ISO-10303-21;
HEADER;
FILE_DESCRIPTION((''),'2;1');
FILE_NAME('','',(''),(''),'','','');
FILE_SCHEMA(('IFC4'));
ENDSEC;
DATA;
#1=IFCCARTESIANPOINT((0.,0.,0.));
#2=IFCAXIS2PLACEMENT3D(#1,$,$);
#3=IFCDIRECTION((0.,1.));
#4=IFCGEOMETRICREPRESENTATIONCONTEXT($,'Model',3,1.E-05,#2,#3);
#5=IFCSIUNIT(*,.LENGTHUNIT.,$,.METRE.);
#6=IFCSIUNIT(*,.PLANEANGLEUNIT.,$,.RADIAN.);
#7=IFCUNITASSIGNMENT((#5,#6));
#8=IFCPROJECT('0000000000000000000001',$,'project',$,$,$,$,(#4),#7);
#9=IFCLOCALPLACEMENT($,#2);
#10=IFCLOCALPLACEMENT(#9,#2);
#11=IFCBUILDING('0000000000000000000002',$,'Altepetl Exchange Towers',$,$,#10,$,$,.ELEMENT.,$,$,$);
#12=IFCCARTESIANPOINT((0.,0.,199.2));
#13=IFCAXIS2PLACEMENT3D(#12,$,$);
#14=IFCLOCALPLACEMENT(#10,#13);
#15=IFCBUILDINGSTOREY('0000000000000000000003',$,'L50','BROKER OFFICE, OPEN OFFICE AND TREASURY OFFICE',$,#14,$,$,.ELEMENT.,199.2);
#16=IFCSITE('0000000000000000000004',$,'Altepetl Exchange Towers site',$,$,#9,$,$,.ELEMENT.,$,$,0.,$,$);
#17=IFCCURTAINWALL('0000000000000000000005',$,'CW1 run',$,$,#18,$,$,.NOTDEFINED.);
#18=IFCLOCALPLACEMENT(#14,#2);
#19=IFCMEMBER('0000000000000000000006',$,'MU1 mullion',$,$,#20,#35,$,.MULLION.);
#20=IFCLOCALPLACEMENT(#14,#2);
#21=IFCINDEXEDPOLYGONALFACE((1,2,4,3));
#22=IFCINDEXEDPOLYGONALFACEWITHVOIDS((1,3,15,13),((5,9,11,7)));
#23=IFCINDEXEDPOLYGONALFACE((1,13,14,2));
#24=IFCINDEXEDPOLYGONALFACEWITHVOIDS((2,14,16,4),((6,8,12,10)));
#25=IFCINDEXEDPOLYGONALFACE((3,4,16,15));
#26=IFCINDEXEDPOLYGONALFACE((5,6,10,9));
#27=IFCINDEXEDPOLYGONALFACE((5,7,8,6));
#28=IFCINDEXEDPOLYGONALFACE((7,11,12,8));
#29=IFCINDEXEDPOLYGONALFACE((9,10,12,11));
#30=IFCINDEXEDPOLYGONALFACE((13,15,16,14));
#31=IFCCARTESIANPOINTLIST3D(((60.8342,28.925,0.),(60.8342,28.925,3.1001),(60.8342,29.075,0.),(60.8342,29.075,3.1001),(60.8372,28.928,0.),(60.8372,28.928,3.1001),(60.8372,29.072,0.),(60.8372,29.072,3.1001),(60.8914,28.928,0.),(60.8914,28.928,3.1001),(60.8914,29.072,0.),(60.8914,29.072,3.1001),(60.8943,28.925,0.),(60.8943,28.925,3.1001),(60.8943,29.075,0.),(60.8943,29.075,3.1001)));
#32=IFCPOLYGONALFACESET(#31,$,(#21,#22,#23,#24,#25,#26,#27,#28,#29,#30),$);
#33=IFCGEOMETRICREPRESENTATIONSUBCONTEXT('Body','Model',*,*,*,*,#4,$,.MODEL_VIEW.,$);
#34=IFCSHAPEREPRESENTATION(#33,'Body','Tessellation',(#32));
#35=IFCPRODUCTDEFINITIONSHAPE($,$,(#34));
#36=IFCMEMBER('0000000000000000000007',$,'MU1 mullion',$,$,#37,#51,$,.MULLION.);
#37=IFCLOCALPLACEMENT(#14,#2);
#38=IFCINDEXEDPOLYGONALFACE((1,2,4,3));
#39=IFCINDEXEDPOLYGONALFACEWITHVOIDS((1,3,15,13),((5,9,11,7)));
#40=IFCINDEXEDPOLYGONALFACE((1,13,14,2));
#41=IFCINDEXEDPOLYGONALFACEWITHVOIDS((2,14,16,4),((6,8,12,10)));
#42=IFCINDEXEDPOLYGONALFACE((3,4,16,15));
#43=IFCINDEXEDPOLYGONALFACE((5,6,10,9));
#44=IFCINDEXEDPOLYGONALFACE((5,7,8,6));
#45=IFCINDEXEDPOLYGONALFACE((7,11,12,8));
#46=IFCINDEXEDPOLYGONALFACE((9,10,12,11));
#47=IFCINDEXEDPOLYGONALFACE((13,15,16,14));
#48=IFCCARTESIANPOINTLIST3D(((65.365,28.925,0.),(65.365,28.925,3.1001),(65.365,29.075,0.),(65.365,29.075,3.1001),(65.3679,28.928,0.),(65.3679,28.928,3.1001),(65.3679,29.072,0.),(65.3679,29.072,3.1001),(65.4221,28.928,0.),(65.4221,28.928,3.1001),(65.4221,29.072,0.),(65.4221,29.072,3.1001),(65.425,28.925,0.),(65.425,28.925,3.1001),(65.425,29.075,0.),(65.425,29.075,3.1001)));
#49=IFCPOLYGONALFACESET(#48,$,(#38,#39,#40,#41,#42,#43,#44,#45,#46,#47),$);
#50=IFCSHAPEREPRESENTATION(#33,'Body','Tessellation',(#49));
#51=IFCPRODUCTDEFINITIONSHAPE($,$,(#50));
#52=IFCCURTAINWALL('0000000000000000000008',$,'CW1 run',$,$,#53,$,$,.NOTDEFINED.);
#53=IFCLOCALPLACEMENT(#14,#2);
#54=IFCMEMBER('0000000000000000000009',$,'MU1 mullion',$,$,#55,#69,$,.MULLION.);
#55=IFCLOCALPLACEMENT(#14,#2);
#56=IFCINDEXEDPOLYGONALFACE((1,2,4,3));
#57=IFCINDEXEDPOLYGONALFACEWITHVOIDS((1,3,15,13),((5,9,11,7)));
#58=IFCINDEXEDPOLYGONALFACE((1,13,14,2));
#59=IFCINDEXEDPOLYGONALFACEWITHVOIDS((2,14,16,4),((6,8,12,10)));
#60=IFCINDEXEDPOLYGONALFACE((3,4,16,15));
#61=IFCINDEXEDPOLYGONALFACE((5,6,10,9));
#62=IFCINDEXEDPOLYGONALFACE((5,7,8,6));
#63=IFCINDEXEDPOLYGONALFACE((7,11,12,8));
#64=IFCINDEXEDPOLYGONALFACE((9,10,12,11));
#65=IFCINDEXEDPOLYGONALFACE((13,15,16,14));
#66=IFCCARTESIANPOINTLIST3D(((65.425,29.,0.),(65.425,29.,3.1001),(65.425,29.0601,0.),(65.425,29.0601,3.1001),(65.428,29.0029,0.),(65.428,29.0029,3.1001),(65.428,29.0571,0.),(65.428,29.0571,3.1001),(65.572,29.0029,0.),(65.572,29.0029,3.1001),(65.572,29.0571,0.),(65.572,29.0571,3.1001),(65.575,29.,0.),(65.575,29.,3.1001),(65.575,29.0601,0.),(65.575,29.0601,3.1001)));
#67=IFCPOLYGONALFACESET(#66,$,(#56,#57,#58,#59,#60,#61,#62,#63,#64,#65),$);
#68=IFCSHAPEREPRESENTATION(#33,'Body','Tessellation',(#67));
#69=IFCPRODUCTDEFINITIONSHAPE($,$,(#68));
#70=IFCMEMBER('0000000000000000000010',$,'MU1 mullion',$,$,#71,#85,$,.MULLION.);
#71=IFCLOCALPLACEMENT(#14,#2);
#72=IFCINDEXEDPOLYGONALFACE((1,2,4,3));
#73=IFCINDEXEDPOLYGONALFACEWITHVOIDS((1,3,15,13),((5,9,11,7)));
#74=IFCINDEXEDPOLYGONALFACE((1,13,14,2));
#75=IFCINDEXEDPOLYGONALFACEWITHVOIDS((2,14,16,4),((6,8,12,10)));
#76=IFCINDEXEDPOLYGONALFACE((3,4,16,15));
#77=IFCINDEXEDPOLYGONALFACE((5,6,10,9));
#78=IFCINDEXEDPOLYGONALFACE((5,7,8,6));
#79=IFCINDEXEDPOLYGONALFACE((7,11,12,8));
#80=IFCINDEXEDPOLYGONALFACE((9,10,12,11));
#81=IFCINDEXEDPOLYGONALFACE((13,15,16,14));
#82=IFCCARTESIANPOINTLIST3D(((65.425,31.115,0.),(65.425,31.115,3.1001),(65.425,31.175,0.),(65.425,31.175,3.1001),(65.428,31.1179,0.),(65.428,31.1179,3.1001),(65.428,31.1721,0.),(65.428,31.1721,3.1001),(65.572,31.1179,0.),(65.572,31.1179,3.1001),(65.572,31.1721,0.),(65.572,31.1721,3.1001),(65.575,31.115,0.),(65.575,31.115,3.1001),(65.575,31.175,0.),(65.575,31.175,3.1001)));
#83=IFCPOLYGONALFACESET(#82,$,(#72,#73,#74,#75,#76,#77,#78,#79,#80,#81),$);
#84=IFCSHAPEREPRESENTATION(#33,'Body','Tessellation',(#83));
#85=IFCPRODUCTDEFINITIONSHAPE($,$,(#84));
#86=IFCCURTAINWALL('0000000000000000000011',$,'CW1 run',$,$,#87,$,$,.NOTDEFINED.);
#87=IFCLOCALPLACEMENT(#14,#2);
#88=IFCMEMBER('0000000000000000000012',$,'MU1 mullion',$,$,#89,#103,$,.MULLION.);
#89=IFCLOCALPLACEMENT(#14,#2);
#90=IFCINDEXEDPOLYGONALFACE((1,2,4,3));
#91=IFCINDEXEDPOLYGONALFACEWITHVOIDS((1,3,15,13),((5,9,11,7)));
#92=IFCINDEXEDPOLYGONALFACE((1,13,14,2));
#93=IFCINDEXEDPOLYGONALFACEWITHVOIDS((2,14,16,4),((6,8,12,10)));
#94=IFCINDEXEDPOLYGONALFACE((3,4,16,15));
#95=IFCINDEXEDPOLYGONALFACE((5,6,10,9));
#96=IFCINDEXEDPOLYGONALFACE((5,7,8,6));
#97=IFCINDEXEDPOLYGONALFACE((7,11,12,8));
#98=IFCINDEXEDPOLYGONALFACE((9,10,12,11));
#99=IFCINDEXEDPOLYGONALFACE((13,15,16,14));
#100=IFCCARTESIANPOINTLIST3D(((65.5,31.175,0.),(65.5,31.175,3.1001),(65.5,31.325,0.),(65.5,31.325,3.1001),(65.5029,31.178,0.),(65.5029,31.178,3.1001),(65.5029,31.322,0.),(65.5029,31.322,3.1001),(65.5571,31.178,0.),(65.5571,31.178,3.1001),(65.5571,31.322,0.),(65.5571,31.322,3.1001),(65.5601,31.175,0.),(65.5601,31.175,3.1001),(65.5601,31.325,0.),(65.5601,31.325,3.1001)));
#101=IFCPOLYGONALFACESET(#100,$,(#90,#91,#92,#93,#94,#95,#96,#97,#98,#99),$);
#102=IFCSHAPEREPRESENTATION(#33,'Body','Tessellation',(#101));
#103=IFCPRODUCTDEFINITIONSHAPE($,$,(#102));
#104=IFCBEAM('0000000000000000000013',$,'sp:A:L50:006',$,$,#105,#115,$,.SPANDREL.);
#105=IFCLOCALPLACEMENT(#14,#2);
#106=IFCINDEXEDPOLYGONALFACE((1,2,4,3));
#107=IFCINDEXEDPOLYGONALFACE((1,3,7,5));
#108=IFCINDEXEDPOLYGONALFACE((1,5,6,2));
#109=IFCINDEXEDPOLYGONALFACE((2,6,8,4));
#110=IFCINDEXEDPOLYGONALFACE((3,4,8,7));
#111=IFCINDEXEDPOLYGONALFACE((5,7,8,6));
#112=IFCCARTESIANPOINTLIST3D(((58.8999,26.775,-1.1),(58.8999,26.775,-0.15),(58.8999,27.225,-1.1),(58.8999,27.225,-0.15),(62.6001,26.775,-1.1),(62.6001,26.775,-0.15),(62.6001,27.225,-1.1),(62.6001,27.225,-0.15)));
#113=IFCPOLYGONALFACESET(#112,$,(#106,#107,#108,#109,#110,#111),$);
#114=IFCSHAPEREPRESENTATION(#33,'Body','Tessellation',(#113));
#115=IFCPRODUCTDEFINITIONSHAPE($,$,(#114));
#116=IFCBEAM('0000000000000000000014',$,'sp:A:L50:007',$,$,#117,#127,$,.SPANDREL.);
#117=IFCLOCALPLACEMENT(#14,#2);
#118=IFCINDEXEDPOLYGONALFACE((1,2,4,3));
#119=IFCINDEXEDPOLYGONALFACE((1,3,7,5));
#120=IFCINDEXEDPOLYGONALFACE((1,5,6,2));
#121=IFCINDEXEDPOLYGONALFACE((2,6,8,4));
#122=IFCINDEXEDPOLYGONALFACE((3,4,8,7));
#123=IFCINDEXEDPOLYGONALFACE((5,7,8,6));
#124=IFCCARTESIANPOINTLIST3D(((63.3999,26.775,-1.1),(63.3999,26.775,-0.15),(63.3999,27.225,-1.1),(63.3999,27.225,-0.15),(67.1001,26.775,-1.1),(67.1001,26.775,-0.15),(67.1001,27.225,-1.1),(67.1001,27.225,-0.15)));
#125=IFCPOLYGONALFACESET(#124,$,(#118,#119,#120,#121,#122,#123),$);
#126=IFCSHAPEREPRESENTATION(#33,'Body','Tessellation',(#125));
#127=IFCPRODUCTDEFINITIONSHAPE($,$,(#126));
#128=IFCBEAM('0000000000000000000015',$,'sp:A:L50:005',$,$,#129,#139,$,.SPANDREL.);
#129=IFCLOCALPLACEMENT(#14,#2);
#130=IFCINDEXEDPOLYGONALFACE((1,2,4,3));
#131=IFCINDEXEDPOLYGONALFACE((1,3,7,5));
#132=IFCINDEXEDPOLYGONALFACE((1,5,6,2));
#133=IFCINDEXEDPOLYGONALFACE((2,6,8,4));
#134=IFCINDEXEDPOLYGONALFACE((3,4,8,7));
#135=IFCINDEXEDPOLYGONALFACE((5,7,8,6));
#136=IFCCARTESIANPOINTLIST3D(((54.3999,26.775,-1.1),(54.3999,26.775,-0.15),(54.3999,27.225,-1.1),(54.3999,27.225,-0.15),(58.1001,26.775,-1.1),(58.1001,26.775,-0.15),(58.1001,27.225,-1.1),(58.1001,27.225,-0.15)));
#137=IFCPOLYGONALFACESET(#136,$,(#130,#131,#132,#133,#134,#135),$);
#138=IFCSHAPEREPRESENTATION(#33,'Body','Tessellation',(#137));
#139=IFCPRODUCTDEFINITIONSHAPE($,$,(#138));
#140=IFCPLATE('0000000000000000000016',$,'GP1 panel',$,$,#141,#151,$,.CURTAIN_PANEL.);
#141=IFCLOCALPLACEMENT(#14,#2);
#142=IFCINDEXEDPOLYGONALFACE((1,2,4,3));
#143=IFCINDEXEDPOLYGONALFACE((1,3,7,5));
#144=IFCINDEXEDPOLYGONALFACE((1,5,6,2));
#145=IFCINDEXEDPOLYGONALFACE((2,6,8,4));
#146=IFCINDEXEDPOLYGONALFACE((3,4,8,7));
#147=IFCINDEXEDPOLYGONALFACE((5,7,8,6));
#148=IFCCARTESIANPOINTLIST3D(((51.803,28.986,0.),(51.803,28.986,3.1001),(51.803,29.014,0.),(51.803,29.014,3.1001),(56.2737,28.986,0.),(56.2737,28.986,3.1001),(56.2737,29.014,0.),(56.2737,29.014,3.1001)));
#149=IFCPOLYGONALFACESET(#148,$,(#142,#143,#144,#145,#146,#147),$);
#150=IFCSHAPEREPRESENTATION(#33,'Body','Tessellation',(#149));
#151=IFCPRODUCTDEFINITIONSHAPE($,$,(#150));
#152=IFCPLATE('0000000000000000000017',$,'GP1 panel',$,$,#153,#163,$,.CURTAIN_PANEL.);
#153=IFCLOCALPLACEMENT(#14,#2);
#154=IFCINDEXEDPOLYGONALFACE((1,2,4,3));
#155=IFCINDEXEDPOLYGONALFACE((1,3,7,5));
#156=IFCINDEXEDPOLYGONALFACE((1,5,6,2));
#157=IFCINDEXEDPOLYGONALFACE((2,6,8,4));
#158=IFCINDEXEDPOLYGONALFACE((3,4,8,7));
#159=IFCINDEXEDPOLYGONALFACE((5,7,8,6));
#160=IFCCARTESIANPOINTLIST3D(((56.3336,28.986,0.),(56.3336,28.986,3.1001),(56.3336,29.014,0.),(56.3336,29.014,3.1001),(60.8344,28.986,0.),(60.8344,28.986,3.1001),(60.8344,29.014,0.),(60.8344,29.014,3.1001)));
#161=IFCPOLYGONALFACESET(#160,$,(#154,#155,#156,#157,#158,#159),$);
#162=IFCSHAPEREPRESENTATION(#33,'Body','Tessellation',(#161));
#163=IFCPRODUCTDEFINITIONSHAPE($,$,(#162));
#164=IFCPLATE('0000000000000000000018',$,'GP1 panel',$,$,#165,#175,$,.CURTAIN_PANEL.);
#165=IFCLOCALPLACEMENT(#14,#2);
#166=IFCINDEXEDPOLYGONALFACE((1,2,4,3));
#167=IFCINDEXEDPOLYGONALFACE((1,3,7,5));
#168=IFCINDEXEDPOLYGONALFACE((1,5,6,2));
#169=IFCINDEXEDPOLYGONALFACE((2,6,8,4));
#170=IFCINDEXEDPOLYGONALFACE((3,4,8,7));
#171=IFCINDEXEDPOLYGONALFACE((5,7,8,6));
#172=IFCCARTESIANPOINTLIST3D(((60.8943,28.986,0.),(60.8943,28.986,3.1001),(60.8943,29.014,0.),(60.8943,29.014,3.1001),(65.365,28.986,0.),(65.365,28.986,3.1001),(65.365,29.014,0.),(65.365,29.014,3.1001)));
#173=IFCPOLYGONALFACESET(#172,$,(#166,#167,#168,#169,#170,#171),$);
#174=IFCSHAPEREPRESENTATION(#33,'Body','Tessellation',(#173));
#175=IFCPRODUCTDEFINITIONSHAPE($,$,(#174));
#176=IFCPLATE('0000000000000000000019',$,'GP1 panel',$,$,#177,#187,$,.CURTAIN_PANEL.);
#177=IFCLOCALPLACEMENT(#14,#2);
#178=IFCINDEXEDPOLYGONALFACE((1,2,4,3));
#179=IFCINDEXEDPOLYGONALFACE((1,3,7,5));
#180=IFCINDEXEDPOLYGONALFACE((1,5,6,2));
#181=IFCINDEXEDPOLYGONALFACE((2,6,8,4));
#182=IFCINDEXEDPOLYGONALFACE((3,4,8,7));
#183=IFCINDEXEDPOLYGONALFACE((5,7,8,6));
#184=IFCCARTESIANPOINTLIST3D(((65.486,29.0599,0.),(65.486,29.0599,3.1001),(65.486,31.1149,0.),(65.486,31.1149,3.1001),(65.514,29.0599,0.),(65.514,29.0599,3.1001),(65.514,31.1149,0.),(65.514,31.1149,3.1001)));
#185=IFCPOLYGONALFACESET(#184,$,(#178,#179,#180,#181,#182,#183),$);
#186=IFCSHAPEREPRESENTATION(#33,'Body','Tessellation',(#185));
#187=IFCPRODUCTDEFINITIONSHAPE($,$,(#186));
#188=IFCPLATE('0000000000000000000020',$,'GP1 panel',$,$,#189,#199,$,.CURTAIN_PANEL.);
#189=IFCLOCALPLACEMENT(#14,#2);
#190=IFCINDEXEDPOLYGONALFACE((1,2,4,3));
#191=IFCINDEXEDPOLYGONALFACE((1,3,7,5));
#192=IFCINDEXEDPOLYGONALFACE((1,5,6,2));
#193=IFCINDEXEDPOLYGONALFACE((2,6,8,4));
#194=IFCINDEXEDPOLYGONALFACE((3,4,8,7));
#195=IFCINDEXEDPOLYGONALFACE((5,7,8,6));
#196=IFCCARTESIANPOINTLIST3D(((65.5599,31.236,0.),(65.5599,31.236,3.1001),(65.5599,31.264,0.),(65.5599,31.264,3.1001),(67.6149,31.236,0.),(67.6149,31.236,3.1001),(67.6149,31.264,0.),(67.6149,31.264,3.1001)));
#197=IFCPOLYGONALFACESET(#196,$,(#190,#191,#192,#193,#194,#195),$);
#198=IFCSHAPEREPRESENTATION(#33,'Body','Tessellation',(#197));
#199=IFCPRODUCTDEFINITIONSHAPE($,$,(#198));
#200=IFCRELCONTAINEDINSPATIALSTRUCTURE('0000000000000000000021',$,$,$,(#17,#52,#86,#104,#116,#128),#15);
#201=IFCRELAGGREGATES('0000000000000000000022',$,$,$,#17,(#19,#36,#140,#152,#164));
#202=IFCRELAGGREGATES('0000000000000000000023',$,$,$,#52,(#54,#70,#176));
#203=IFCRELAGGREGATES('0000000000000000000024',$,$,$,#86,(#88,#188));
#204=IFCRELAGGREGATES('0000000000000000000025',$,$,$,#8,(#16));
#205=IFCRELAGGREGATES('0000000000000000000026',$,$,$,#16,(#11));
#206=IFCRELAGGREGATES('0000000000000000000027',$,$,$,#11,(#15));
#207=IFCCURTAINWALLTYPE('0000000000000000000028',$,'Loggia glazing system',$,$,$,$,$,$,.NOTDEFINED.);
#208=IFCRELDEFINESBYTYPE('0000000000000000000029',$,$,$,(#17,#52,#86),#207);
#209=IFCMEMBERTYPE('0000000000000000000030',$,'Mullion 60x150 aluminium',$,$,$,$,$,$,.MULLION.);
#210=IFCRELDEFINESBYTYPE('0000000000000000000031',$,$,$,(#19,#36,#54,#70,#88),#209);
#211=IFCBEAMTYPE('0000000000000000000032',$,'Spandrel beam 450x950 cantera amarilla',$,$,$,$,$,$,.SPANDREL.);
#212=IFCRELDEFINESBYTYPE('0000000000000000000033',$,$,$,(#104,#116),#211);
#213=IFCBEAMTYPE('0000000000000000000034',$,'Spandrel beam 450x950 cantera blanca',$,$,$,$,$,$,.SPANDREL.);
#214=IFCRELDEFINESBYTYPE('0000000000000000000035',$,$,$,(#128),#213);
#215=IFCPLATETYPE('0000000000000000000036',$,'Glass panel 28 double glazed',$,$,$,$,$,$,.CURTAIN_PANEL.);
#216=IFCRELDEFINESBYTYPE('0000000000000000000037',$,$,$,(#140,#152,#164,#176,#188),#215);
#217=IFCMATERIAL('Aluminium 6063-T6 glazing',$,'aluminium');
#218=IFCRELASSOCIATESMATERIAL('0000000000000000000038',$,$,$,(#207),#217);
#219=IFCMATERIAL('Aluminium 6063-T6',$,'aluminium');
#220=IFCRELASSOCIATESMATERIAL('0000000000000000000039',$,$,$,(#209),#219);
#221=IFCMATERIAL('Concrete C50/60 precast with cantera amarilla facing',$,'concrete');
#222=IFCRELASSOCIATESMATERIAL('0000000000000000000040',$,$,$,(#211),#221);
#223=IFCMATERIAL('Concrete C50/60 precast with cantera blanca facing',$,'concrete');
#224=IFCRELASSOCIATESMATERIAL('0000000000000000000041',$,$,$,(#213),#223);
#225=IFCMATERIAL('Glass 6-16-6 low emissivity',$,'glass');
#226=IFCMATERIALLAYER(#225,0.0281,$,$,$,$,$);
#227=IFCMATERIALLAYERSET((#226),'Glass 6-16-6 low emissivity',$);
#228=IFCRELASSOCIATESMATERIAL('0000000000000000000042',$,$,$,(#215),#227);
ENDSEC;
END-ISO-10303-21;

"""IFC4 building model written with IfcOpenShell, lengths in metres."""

from ifc_helpers import new_model, si_unit, direction, frame, origin, origin_2d, place, context, subcontext, project, spatial, rectangle, hollow_rectangle, extrude, material, layer, layer_set, material_profile, profile_set, type_object, element, aggregate, save


model = new_model("IFC4")

# Units and contexts
model_context = context("Model", 3, precision=1e-05, world=origin(), true_north=direction((0.0, 1.0)))
body_context = subcontext(model_context, "Body", "Model", "MODEL_VIEW")
ifc_project = project(units=[si_unit("LENGTHUNIT", "METRE"), si_unit("PLANEANGLEUNIT", "RADIAN")], contexts=[model_context])

# Site, building, storey
site_placement = place(None, origin())
site = spatial("IfcSite", under=ifc_project, at=site_placement, Name="Altepetl Exchange Towers site", CompositionType="ELEMENT", RefElevation=0.0)
building_placement = place(site_placement, origin())
building = spatial("IfcBuilding", under=site, at=building_placement, Name="Altepetl Exchange Towers", CompositionType="ELEMENT")
storey_placement = place(building_placement, frame((0.0, 0.0, 199.2)))
storey = spatial("IfcBuildingStorey", under=building, at=storey_placement, Name="L50", Description="BROKER OFFICE, OPEN OFFICE AND TREASURY OFFICE", CompositionType="ELEMENT", Elevation=199.2)

# Curtain walls, members
ifc_material_1 = material(Name="Aluminium 6063-T6 glazing", Category="aluminium")
curtain_wall_type = type_object("IfcCurtainWallType", Name="Loggia glazing system", PredefinedType="NOTDEFINED", material=ifc_material_1)
curtain_wall_1_placement = place(storey_placement, origin())
curtain_wall_1 = element("IfcCurtainWall", 1, at=curtain_wall_1_placement, inside=storey, type_object=curtain_wall_type, Name="CW1 run", PredefinedType="NOTDEFINED")
ifc_material_2 = material(Name="Aluminium 6063-T6", Category="aluminium")
ifc_material_profile_1 = material_profile(ifc_material_2, hollow_rectangle(XDim=0.0601, YDim=0.1499, WallThickness=0.0029, at=origin_2d()), Name="Mullion 60x150 aluminium")
ifc_profile_set_1 = profile_set([ifc_material_profile_1], Name="Aluminium 6063-T6")
member_type = type_object("IfcMemberType", Name="Mullion 60x150 aluminium", PredefinedType="MULLION", material=ifc_profile_set_1)
member_1_placement = place(storey_placement, frame((60.8643, 29.0, 0.0)))
member_1 = element("IfcMember", 2, at=member_1_placement, type_object=member_type, Name="MU1 mullion", PredefinedType="MULLION", context=body_context, shape_type="SweptSolid", body=[
    extrude(hollow_rectangle(XDim=0.0601, YDim=0.1499, WallThickness=0.0029, at=origin_2d()), origin(), (0.0, 0.0, 1.0), 3.1001),
])
member_2_placement = place(storey_placement, frame((65.395, 29.0, 0.0)))
member_2 = element("IfcMember", 3, at=member_2_placement, type_object=member_type, Name="MU1 mullion", PredefinedType="MULLION", context=body_context, shape_type="SweptSolid", body=[
    extrude(hollow_rectangle(XDim=0.0601, YDim=0.1499, WallThickness=0.0029, at=origin_2d()), origin(), (0.0, 0.0, 1.0), 3.1001),
])
curtain_wall_2_placement = place(storey_placement, origin())
curtain_wall_2 = element("IfcCurtainWall", 4, at=curtain_wall_2_placement, inside=storey, type_object=curtain_wall_type, Name="CW1 run", PredefinedType="NOTDEFINED")
member_3_placement = place(storey_placement, frame((65.5, 29.03, 0.0), z_axis=(0.0, 0.0, 1.0), x_axis=(0.0, 1.0, 0.0)))
member_3 = element("IfcMember", 5, at=member_3_placement, type_object=member_type, Name="MU1 mullion", PredefinedType="MULLION", context=body_context, shape_type="SweptSolid", body=[
    extrude(hollow_rectangle(XDim=0.0601, YDim=0.1499, WallThickness=0.0029, at=origin_2d()), origin(), (0.0, 0.0, 1.0), 3.1001),
])
member_4_placement = place(storey_placement, frame((65.5, 31.145, 0.0), z_axis=(0.0, 0.0, 1.0), x_axis=(0.0, 1.0, 0.0)))
member_4 = element("IfcMember", 6, at=member_4_placement, type_object=member_type, Name="MU1 mullion", PredefinedType="MULLION", context=body_context, shape_type="SweptSolid", body=[
    extrude(hollow_rectangle(XDim=0.0601, YDim=0.1499, WallThickness=0.0029, at=origin_2d()), origin(), (0.0, 0.0, 1.0), 3.1001),
])

# Curtain wall, member
curtain_wall_3_placement = place(storey_placement, origin())
curtain_wall_3 = element("IfcCurtainWall", 7, at=curtain_wall_3_placement, inside=storey, type_object=curtain_wall_type, Name="CW1 run", PredefinedType="NOTDEFINED")
member_5_placement = place(storey_placement, frame((65.53, 31.25, 0.0)))
member_5 = element("IfcMember", 8, at=member_5_placement, type_object=member_type, Name="MU1 mullion", PredefinedType="MULLION", context=body_context, shape_type="SweptSolid", body=[
    extrude(hollow_rectangle(XDim=0.0601, YDim=0.1499, WallThickness=0.0029, at=origin_2d()), origin(), (0.0, 0.0, 1.0), 3.1001),
])

# Beams
ifc_material_3 = material(Name="Concrete C50/60 precast with cantera amarilla facing", Category="concrete")
ifc_material_profile_2 = material_profile(ifc_material_3, rectangle(XDim=0.45, YDim=0.95, at=origin_2d()), Name="450 x 950")
ifc_profile_set_2 = profile_set([ifc_material_profile_2], Name="Concrete C50/60 precast with cantera amarilla facing")
beam_type_1 = type_object("IfcBeamType", Name="Spandrel beam 450x950 cantera amarilla", PredefinedType="SPANDREL", material=ifc_profile_set_2)
for number, where, z_axis, x_axis, name in (
    (9, (58.8999, 27.0, -0.625), (1.0, 0.0, 0.0), (0.0, 1.0, 0.0), "sp:A:L50:006"),
    (10, (63.3999, 27.0, -0.625), (1.0, 0.0, 0.0), (0.0, 1.0, 0.0), "sp:A:L50:007"),
):
    element("IfcBeam", number, at=place(storey_placement, frame(where, z_axis=z_axis, x_axis=x_axis)), inside=storey, type_object=beam_type_1, Name=name, PredefinedType="SPANDREL", context=body_context, shape_type="SweptSolid", body=[
        extrude(rectangle(XDim=0.45, YDim=0.95, at=origin_2d()), origin(), (0.0, 0.0, 1.0), 3.7002),
    ])
ifc_material_4 = material(Name="Concrete C50/60 precast with cantera blanca facing", Category="concrete")
ifc_material_profile_3 = material_profile(ifc_material_4, rectangle(XDim=0.45, YDim=0.95, at=origin_2d()), Name="450 x 950")
ifc_profile_set_3 = profile_set([ifc_material_profile_3], Name="Concrete C50/60 precast with cantera blanca facing")
beam_type_2 = type_object("IfcBeamType", Name="Spandrel beam 450x950 cantera blanca", PredefinedType="SPANDREL", material=ifc_profile_set_3)
beam_1_placement = place(storey_placement, frame((54.3999, 27.0, -0.625), z_axis=(1.0, 0.0, 0.0), x_axis=(0.0, 1.0, 0.0)))
element("IfcBeam", 11, at=beam_1_placement, inside=storey, type_object=beam_type_2, Name="sp:A:L50:005", PredefinedType="SPANDREL", context=body_context, shape_type="SweptSolid", body=[
    extrude(rectangle(XDim=0.45, YDim=0.95, at=origin_2d()), origin(), (0.0, 0.0, 1.0), 3.7002),
])

# Plates
ifc_material_5 = material(Name="Glass 6-16-6 low emissivity", Category="glass")
ifc_layer_1 = layer(ifc_material_5, 0.0281)
ifc_layer_set_1 = layer_set([ifc_layer_1], Name="Glass 6-16-6 low emissivity")
plate_type = type_object("IfcPlateType", Name="Glass panel 28 double glazed", PredefinedType="CURTAIN_PANEL", material=ifc_layer_set_1)
plate_1_placement = place(storey_placement, frame((54.0383, 29.0, 0.0)))
plate_1 = element("IfcPlate", 12, at=plate_1_placement, type_object=plate_type, Name="GP1 panel", PredefinedType="CURTAIN_PANEL", context=body_context, shape_type="SweptSolid", body=[
    extrude(rectangle(XDim=4.4707, YDim=0.0281, at=origin_2d()), origin(), (0.0, 0.0, 1.0), 3.1001),
])
plate_2_placement = place(storey_placement, frame((58.584, 29.0, 0.0)))
plate_2 = element("IfcPlate", 13, at=plate_2_placement, type_object=plate_type, Name="GP1 panel", PredefinedType="CURTAIN_PANEL", context=body_context, shape_type="SweptSolid", body=[
    extrude(rectangle(XDim=4.5007, YDim=0.0281, at=origin_2d()), origin(), (0.0, 0.0, 1.0), 3.1001),
])
plate_3_placement = place(storey_placement, frame((63.1296, 29.0, 0.0)))
plate_3 = element("IfcPlate", 14, at=plate_3_placement, type_object=plate_type, Name="GP1 panel", PredefinedType="CURTAIN_PANEL", context=body_context, shape_type="SweptSolid", body=[
    extrude(rectangle(XDim=4.4707, YDim=0.0281, at=origin_2d()), origin(), (0.0, 0.0, 1.0), 3.1001),
])
aggregate(curtain_wall_1, [member_1, member_2, plate_1, plate_2, plate_3])
plate_4_placement = place(storey_placement, frame((65.5, 30.0874, 0.0), z_axis=(0.0, 0.0, 1.0), x_axis=(0.0, 1.0, 0.0)))
plate_4 = element("IfcPlate", 15, at=plate_4_placement, type_object=plate_type, Name="GP1 panel", PredefinedType="CURTAIN_PANEL", context=body_context, shape_type="SweptSolid", body=[
    extrude(rectangle(XDim=2.0549, YDim=0.0281, at=origin_2d()), origin(), (0.0, 0.0, 1.0), 3.1001),
])
aggregate(curtain_wall_2, [member_3, member_4, plate_4])
plate_5_placement = place(storey_placement, frame((66.5874, 31.25, 0.0)))
plate_5 = element("IfcPlate", 16, at=plate_5_placement, type_object=plate_type, Name="GP1 panel", PredefinedType="CURTAIN_PANEL", context=body_context, shape_type="SweptSolid", body=[
    extrude(rectangle(XDim=2.0549, YDim=0.0281, at=origin_2d()), origin(), (0.0, 0.0, 1.0), 3.1001),
])
aggregate(curtain_wall_3, [member_5, plate_5])

save(model, "model.ifc")
